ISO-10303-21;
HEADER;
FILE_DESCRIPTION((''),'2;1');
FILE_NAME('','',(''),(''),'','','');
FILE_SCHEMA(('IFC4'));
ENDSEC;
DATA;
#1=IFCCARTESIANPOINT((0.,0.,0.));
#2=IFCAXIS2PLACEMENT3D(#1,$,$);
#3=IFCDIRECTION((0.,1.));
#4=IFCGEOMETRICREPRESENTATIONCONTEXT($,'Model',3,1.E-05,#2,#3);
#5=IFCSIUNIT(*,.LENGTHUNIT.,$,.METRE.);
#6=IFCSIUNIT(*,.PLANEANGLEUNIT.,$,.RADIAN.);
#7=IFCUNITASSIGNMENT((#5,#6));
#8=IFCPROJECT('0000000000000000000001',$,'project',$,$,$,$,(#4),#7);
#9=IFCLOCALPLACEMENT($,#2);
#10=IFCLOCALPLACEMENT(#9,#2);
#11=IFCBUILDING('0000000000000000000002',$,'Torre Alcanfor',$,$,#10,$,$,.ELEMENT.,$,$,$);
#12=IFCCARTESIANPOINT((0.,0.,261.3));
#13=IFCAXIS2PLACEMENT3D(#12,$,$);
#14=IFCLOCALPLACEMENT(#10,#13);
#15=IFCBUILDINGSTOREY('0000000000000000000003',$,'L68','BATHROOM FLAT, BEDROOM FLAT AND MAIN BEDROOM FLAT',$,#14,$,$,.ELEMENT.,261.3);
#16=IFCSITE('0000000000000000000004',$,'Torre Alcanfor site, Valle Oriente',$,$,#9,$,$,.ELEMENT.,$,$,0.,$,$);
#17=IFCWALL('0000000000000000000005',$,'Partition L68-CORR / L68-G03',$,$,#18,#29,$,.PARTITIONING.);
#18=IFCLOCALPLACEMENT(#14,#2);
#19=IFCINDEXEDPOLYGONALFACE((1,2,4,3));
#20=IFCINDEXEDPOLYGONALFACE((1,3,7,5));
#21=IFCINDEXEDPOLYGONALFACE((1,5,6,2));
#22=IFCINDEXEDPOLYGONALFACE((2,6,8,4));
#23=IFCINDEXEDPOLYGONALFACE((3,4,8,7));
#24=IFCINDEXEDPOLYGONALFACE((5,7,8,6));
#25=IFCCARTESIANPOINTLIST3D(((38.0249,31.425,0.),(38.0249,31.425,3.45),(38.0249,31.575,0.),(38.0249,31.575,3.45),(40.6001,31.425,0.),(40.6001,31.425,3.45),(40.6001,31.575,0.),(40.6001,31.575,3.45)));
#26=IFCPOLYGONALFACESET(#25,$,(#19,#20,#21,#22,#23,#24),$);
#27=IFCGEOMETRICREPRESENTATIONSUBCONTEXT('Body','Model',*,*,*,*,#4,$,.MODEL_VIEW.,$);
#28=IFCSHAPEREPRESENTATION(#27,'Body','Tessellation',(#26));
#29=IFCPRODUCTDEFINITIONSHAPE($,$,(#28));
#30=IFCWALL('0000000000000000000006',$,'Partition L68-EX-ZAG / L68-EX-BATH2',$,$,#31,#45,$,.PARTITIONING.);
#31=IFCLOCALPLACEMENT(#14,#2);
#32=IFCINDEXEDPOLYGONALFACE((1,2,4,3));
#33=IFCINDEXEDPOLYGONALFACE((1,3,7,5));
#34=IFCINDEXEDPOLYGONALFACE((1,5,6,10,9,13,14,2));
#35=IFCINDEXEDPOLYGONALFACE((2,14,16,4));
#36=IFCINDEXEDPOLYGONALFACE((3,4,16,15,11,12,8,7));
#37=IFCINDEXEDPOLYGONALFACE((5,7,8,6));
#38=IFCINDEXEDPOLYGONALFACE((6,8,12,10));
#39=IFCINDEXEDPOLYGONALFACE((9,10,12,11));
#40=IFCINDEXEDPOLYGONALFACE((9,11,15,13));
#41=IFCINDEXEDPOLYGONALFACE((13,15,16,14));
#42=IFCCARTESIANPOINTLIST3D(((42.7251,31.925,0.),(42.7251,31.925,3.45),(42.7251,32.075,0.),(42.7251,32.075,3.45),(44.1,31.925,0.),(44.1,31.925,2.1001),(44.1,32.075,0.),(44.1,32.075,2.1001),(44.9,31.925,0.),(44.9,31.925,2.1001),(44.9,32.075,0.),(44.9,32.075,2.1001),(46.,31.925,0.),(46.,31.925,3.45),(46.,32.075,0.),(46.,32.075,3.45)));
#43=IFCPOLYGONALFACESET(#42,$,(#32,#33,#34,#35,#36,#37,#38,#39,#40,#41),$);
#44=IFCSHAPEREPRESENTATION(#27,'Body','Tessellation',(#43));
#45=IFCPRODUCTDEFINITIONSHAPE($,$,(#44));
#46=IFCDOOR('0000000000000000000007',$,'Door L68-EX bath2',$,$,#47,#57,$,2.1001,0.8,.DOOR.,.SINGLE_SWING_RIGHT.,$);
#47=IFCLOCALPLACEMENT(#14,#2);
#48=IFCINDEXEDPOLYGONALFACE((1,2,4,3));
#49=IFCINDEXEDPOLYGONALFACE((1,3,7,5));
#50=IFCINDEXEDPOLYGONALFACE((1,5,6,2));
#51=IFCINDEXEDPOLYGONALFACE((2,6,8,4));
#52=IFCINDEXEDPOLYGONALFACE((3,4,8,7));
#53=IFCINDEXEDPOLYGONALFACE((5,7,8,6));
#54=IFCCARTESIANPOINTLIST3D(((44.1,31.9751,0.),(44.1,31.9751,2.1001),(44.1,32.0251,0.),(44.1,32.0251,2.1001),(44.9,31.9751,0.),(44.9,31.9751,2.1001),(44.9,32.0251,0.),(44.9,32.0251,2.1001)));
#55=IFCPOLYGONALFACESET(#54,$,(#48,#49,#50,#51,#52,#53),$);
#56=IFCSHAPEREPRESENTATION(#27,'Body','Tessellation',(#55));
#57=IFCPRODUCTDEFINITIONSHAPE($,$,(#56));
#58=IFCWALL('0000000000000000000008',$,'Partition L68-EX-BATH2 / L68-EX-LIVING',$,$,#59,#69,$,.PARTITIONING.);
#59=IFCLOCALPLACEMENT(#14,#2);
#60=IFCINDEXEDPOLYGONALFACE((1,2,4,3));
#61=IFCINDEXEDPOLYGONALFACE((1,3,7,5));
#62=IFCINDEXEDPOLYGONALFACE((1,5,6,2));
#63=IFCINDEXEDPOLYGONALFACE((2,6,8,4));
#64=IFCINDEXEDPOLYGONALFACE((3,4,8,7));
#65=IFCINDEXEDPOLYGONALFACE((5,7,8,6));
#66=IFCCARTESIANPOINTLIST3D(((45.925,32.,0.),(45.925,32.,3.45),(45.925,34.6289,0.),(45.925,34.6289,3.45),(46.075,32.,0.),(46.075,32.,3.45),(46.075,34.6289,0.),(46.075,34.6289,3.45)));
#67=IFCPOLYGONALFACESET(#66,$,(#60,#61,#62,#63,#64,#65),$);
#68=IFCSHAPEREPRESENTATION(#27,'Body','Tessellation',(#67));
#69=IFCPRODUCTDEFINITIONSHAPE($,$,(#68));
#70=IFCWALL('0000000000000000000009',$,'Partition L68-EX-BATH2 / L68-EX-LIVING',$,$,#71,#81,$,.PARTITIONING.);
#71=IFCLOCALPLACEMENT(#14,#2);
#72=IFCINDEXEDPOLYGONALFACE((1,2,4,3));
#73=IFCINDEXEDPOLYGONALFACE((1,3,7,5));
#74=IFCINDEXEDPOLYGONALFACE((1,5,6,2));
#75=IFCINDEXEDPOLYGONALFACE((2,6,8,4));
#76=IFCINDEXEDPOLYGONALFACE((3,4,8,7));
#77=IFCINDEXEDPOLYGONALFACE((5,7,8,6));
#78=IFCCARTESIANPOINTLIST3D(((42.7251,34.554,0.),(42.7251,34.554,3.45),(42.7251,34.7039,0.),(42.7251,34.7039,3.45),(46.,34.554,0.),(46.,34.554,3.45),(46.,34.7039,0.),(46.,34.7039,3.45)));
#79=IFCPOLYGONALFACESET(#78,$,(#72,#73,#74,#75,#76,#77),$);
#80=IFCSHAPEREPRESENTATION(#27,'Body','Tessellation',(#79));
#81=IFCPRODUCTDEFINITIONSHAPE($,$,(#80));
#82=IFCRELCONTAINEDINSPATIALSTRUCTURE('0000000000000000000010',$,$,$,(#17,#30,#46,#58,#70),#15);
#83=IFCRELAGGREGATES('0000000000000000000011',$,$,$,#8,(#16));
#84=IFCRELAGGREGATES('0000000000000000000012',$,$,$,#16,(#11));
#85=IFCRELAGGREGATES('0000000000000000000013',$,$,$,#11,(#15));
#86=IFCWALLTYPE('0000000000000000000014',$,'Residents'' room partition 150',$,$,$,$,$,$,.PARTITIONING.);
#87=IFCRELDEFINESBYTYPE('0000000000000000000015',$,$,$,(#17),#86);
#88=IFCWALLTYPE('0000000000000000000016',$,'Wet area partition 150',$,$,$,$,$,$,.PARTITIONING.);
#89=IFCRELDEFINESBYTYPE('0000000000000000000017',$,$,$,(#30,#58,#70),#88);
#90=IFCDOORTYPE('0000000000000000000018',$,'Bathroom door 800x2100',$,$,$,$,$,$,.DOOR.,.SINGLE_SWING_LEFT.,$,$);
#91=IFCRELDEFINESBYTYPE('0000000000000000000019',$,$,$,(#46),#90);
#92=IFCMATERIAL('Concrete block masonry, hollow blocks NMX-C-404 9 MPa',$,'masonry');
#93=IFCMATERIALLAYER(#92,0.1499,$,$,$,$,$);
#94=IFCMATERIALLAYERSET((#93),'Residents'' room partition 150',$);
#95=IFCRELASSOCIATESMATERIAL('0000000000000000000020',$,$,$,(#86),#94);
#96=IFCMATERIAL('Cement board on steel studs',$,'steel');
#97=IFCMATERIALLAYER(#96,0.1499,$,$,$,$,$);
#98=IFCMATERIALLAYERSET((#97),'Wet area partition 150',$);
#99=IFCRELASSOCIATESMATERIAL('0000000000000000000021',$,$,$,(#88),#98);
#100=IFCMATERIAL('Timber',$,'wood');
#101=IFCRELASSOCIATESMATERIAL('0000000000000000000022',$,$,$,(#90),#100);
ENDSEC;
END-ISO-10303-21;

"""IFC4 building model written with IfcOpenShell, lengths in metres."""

from ifc_helpers import new_model, si_unit, direction, frame, frame_2d, origin, place, context, subcontext, project, spatial, rectangle, extrude, material, layer, layer_set, type_object, element, fill, save


model = new_model("IFC4")

# Units and contexts
model_context = context("Model", 3, precision=1e-05, world=origin(), true_north=direction((0.0, 1.0)))
body_context = subcontext(model_context, "Body", "Model", "MODEL_VIEW")
ifc_project = project(units=[si_unit("LENGTHUNIT", "METRE"), si_unit("PLANEANGLEUNIT", "RADIAN")], contexts=[model_context])

# Site, building, storey
site_placement = place(None, origin())
site = spatial("IfcSite", under=ifc_project, at=site_placement, Name="Torre Alcanfor site, Valle Oriente", CompositionType="ELEMENT", RefElevation=0.0)
building_placement = place(site_placement, origin())
building = spatial("IfcBuilding", under=site, at=building_placement, Name="Torre Alcanfor", CompositionType="ELEMENT")
storey_placement = place(building_placement, frame((0.0, 0.0, 261.3)))
storey = spatial("IfcBuildingStorey", under=building, at=storey_placement, Name="L68", Description="BATHROOM FLAT, BEDROOM FLAT AND MAIN BEDROOM FLAT", CompositionType="ELEMENT", Elevation=261.3)

# Wall
ifc_material_1 = material(Name="Concrete block masonry, hollow blocks NMX-C-404 9 MPa", Category="masonry")
ifc_layer_1 = layer(ifc_material_1, 0.1499)
ifc_layer_set_1 = layer_set([ifc_layer_1], Name="Residents' room partition 150")
wall_type_1 = type_object("IfcWallType", Name="Residents' room partition 150", PredefinedType="PARTITIONING", material=ifc_layer_set_1)
wall_1_placement = place(storey_placement, frame((40.6001, 31.5, 0.0), z_axis=(0.0, 0.0, 1.0), x_axis=(-1.0, 0.0, 0.0)))
element("IfcWall", 1, at=wall_1_placement, inside=storey, type_object=wall_type_1, Name="Partition L68-CORR / L68-G03", PredefinedType="PARTITIONING", context=body_context, shape_type="SweptSolid", body=[
    extrude(rectangle(XDim=2.5752, YDim=0.1499, at=frame_2d((1.2876, 0.0))), origin(), (0.0, 0.0, 1.0), 3.45),
])

# Wall, opening, door
ifc_material_2 = material(Name="Cement board on steel studs", Category="steel")
ifc_layer_2 = layer(ifc_material_2, 0.1499)
ifc_layer_set_2 = layer_set([ifc_layer_2], Name="Wet area partition 150")
wall_type_2 = type_object("IfcWallType", Name="Wet area partition 150", PredefinedType="PARTITIONING", material=ifc_layer_set_2)
wall_2_placement = place(storey_placement, frame((46.0, 32.0, 0.0), z_axis=(0.0, 0.0, 1.0), x_axis=(-1.0, 0.0, 0.0)))
wall_2 = element("IfcWall", 2, at=wall_2_placement, inside=storey, type_object=wall_type_2, Name="Partition L68-EX-ZAG / L68-EX-BATH2", PredefinedType="PARTITIONING", context=body_context, shape_type="SweptSolid", body=[
    extrude(rectangle(XDim=3.2749, YDim=0.1499, at=frame_2d((1.6375, 0.0))), origin(), (0.0, 0.0, 1.0), 3.45),
])
opening_1_placement = place(wall_2_placement, frame((1.1001, 0.0, 0.0)))
opening_1 = element("IfcOpeningElement", 3, at=opening_1_placement, cuts=wall_2, PredefinedType="OPENING", context=body_context, shape_type="SweptSolid", body=[
    extrude(rectangle(XDim=0.8, YDim=2.1001, at=frame_2d((0.3999, 1.05))), frame((0.0, 0.085, 0.0), z_axis=(0.0, -1.0, 0.0), x_axis=(1.0, 0.0, 0.0)), (0.0, 0.0, 1.0), 0.1699),
])
ifc_material_3 = material(Name="Timber", Category="wood")
door_type_1 = type_object("IfcDoorType", Name="Bathroom door 800x2100", OperationType="SINGLE_SWING_LEFT", PredefinedType="DOOR", material=ifc_material_3)
door_1_placement = place(opening_1_placement, frame((0.8, 0.0, 0.0), z_axis=(0.0, 0.0, 1.0), x_axis=(-1.0, 0.0, 0.0)))
door_1 = element("IfcDoor", 4, at=door_1_placement, inside=storey, type_object=door_type_1, Name="Door L68-EX bath2", OperationType="SINGLE_SWING_RIGHT", OverallHeight=2.1001, OverallWidth=0.8, PredefinedType="DOOR", context=body_context, shape_type="SweptSolid", body=[
    extrude(rectangle(XDim=0.8, YDim=2.1001, at=frame_2d((0.4001, 1.05))), frame((0.0, 0.0251, 0.0), z_axis=(0.0, -1.0, 0.0), x_axis=(1.0, 0.0, 0.0)), (0.0, 0.0, 1.0), 0.05),
])
fill(opening_1, door_1)

# Walls
wall_3_placement = place(storey_placement, frame((46.0, 32.0, 0.0), z_axis=(0.0, 0.0, 1.0), x_axis=(0.0, 1.0, 0.0)))
element("IfcWall", 5, at=wall_3_placement, inside=storey, type_object=wall_type_2, Name="Partition L68-EX-BATH2 / L68-EX-LIVING", PredefinedType="PARTITIONING", context=body_context, shape_type="SweptSolid", body=[
    extrude(rectangle(XDim=2.6289, YDim=0.1499, at=frame_2d((1.3145, 0.0))), origin(), (0.0, 0.0, 1.0), 3.45),
])
wall_4_placement = place(storey_placement, frame((46.0, 34.6289, 0.0), z_axis=(0.0, 0.0, 1.0), x_axis=(-1.0, 0.0, 0.0)))
element("IfcWall", 6, at=wall_4_placement, inside=storey, type_object=wall_type_2, Name="Partition L68-EX-BATH2 / L68-EX-LIVING", PredefinedType="PARTITIONING", context=body_context, shape_type="SweptSolid", body=[
    extrude(rectangle(XDim=3.2749, YDim=0.1499, at=frame_2d((1.6375, 0.0))), origin(), (0.0, 0.0, 1.0), 3.45),
])

save(model, "model.ifc")
